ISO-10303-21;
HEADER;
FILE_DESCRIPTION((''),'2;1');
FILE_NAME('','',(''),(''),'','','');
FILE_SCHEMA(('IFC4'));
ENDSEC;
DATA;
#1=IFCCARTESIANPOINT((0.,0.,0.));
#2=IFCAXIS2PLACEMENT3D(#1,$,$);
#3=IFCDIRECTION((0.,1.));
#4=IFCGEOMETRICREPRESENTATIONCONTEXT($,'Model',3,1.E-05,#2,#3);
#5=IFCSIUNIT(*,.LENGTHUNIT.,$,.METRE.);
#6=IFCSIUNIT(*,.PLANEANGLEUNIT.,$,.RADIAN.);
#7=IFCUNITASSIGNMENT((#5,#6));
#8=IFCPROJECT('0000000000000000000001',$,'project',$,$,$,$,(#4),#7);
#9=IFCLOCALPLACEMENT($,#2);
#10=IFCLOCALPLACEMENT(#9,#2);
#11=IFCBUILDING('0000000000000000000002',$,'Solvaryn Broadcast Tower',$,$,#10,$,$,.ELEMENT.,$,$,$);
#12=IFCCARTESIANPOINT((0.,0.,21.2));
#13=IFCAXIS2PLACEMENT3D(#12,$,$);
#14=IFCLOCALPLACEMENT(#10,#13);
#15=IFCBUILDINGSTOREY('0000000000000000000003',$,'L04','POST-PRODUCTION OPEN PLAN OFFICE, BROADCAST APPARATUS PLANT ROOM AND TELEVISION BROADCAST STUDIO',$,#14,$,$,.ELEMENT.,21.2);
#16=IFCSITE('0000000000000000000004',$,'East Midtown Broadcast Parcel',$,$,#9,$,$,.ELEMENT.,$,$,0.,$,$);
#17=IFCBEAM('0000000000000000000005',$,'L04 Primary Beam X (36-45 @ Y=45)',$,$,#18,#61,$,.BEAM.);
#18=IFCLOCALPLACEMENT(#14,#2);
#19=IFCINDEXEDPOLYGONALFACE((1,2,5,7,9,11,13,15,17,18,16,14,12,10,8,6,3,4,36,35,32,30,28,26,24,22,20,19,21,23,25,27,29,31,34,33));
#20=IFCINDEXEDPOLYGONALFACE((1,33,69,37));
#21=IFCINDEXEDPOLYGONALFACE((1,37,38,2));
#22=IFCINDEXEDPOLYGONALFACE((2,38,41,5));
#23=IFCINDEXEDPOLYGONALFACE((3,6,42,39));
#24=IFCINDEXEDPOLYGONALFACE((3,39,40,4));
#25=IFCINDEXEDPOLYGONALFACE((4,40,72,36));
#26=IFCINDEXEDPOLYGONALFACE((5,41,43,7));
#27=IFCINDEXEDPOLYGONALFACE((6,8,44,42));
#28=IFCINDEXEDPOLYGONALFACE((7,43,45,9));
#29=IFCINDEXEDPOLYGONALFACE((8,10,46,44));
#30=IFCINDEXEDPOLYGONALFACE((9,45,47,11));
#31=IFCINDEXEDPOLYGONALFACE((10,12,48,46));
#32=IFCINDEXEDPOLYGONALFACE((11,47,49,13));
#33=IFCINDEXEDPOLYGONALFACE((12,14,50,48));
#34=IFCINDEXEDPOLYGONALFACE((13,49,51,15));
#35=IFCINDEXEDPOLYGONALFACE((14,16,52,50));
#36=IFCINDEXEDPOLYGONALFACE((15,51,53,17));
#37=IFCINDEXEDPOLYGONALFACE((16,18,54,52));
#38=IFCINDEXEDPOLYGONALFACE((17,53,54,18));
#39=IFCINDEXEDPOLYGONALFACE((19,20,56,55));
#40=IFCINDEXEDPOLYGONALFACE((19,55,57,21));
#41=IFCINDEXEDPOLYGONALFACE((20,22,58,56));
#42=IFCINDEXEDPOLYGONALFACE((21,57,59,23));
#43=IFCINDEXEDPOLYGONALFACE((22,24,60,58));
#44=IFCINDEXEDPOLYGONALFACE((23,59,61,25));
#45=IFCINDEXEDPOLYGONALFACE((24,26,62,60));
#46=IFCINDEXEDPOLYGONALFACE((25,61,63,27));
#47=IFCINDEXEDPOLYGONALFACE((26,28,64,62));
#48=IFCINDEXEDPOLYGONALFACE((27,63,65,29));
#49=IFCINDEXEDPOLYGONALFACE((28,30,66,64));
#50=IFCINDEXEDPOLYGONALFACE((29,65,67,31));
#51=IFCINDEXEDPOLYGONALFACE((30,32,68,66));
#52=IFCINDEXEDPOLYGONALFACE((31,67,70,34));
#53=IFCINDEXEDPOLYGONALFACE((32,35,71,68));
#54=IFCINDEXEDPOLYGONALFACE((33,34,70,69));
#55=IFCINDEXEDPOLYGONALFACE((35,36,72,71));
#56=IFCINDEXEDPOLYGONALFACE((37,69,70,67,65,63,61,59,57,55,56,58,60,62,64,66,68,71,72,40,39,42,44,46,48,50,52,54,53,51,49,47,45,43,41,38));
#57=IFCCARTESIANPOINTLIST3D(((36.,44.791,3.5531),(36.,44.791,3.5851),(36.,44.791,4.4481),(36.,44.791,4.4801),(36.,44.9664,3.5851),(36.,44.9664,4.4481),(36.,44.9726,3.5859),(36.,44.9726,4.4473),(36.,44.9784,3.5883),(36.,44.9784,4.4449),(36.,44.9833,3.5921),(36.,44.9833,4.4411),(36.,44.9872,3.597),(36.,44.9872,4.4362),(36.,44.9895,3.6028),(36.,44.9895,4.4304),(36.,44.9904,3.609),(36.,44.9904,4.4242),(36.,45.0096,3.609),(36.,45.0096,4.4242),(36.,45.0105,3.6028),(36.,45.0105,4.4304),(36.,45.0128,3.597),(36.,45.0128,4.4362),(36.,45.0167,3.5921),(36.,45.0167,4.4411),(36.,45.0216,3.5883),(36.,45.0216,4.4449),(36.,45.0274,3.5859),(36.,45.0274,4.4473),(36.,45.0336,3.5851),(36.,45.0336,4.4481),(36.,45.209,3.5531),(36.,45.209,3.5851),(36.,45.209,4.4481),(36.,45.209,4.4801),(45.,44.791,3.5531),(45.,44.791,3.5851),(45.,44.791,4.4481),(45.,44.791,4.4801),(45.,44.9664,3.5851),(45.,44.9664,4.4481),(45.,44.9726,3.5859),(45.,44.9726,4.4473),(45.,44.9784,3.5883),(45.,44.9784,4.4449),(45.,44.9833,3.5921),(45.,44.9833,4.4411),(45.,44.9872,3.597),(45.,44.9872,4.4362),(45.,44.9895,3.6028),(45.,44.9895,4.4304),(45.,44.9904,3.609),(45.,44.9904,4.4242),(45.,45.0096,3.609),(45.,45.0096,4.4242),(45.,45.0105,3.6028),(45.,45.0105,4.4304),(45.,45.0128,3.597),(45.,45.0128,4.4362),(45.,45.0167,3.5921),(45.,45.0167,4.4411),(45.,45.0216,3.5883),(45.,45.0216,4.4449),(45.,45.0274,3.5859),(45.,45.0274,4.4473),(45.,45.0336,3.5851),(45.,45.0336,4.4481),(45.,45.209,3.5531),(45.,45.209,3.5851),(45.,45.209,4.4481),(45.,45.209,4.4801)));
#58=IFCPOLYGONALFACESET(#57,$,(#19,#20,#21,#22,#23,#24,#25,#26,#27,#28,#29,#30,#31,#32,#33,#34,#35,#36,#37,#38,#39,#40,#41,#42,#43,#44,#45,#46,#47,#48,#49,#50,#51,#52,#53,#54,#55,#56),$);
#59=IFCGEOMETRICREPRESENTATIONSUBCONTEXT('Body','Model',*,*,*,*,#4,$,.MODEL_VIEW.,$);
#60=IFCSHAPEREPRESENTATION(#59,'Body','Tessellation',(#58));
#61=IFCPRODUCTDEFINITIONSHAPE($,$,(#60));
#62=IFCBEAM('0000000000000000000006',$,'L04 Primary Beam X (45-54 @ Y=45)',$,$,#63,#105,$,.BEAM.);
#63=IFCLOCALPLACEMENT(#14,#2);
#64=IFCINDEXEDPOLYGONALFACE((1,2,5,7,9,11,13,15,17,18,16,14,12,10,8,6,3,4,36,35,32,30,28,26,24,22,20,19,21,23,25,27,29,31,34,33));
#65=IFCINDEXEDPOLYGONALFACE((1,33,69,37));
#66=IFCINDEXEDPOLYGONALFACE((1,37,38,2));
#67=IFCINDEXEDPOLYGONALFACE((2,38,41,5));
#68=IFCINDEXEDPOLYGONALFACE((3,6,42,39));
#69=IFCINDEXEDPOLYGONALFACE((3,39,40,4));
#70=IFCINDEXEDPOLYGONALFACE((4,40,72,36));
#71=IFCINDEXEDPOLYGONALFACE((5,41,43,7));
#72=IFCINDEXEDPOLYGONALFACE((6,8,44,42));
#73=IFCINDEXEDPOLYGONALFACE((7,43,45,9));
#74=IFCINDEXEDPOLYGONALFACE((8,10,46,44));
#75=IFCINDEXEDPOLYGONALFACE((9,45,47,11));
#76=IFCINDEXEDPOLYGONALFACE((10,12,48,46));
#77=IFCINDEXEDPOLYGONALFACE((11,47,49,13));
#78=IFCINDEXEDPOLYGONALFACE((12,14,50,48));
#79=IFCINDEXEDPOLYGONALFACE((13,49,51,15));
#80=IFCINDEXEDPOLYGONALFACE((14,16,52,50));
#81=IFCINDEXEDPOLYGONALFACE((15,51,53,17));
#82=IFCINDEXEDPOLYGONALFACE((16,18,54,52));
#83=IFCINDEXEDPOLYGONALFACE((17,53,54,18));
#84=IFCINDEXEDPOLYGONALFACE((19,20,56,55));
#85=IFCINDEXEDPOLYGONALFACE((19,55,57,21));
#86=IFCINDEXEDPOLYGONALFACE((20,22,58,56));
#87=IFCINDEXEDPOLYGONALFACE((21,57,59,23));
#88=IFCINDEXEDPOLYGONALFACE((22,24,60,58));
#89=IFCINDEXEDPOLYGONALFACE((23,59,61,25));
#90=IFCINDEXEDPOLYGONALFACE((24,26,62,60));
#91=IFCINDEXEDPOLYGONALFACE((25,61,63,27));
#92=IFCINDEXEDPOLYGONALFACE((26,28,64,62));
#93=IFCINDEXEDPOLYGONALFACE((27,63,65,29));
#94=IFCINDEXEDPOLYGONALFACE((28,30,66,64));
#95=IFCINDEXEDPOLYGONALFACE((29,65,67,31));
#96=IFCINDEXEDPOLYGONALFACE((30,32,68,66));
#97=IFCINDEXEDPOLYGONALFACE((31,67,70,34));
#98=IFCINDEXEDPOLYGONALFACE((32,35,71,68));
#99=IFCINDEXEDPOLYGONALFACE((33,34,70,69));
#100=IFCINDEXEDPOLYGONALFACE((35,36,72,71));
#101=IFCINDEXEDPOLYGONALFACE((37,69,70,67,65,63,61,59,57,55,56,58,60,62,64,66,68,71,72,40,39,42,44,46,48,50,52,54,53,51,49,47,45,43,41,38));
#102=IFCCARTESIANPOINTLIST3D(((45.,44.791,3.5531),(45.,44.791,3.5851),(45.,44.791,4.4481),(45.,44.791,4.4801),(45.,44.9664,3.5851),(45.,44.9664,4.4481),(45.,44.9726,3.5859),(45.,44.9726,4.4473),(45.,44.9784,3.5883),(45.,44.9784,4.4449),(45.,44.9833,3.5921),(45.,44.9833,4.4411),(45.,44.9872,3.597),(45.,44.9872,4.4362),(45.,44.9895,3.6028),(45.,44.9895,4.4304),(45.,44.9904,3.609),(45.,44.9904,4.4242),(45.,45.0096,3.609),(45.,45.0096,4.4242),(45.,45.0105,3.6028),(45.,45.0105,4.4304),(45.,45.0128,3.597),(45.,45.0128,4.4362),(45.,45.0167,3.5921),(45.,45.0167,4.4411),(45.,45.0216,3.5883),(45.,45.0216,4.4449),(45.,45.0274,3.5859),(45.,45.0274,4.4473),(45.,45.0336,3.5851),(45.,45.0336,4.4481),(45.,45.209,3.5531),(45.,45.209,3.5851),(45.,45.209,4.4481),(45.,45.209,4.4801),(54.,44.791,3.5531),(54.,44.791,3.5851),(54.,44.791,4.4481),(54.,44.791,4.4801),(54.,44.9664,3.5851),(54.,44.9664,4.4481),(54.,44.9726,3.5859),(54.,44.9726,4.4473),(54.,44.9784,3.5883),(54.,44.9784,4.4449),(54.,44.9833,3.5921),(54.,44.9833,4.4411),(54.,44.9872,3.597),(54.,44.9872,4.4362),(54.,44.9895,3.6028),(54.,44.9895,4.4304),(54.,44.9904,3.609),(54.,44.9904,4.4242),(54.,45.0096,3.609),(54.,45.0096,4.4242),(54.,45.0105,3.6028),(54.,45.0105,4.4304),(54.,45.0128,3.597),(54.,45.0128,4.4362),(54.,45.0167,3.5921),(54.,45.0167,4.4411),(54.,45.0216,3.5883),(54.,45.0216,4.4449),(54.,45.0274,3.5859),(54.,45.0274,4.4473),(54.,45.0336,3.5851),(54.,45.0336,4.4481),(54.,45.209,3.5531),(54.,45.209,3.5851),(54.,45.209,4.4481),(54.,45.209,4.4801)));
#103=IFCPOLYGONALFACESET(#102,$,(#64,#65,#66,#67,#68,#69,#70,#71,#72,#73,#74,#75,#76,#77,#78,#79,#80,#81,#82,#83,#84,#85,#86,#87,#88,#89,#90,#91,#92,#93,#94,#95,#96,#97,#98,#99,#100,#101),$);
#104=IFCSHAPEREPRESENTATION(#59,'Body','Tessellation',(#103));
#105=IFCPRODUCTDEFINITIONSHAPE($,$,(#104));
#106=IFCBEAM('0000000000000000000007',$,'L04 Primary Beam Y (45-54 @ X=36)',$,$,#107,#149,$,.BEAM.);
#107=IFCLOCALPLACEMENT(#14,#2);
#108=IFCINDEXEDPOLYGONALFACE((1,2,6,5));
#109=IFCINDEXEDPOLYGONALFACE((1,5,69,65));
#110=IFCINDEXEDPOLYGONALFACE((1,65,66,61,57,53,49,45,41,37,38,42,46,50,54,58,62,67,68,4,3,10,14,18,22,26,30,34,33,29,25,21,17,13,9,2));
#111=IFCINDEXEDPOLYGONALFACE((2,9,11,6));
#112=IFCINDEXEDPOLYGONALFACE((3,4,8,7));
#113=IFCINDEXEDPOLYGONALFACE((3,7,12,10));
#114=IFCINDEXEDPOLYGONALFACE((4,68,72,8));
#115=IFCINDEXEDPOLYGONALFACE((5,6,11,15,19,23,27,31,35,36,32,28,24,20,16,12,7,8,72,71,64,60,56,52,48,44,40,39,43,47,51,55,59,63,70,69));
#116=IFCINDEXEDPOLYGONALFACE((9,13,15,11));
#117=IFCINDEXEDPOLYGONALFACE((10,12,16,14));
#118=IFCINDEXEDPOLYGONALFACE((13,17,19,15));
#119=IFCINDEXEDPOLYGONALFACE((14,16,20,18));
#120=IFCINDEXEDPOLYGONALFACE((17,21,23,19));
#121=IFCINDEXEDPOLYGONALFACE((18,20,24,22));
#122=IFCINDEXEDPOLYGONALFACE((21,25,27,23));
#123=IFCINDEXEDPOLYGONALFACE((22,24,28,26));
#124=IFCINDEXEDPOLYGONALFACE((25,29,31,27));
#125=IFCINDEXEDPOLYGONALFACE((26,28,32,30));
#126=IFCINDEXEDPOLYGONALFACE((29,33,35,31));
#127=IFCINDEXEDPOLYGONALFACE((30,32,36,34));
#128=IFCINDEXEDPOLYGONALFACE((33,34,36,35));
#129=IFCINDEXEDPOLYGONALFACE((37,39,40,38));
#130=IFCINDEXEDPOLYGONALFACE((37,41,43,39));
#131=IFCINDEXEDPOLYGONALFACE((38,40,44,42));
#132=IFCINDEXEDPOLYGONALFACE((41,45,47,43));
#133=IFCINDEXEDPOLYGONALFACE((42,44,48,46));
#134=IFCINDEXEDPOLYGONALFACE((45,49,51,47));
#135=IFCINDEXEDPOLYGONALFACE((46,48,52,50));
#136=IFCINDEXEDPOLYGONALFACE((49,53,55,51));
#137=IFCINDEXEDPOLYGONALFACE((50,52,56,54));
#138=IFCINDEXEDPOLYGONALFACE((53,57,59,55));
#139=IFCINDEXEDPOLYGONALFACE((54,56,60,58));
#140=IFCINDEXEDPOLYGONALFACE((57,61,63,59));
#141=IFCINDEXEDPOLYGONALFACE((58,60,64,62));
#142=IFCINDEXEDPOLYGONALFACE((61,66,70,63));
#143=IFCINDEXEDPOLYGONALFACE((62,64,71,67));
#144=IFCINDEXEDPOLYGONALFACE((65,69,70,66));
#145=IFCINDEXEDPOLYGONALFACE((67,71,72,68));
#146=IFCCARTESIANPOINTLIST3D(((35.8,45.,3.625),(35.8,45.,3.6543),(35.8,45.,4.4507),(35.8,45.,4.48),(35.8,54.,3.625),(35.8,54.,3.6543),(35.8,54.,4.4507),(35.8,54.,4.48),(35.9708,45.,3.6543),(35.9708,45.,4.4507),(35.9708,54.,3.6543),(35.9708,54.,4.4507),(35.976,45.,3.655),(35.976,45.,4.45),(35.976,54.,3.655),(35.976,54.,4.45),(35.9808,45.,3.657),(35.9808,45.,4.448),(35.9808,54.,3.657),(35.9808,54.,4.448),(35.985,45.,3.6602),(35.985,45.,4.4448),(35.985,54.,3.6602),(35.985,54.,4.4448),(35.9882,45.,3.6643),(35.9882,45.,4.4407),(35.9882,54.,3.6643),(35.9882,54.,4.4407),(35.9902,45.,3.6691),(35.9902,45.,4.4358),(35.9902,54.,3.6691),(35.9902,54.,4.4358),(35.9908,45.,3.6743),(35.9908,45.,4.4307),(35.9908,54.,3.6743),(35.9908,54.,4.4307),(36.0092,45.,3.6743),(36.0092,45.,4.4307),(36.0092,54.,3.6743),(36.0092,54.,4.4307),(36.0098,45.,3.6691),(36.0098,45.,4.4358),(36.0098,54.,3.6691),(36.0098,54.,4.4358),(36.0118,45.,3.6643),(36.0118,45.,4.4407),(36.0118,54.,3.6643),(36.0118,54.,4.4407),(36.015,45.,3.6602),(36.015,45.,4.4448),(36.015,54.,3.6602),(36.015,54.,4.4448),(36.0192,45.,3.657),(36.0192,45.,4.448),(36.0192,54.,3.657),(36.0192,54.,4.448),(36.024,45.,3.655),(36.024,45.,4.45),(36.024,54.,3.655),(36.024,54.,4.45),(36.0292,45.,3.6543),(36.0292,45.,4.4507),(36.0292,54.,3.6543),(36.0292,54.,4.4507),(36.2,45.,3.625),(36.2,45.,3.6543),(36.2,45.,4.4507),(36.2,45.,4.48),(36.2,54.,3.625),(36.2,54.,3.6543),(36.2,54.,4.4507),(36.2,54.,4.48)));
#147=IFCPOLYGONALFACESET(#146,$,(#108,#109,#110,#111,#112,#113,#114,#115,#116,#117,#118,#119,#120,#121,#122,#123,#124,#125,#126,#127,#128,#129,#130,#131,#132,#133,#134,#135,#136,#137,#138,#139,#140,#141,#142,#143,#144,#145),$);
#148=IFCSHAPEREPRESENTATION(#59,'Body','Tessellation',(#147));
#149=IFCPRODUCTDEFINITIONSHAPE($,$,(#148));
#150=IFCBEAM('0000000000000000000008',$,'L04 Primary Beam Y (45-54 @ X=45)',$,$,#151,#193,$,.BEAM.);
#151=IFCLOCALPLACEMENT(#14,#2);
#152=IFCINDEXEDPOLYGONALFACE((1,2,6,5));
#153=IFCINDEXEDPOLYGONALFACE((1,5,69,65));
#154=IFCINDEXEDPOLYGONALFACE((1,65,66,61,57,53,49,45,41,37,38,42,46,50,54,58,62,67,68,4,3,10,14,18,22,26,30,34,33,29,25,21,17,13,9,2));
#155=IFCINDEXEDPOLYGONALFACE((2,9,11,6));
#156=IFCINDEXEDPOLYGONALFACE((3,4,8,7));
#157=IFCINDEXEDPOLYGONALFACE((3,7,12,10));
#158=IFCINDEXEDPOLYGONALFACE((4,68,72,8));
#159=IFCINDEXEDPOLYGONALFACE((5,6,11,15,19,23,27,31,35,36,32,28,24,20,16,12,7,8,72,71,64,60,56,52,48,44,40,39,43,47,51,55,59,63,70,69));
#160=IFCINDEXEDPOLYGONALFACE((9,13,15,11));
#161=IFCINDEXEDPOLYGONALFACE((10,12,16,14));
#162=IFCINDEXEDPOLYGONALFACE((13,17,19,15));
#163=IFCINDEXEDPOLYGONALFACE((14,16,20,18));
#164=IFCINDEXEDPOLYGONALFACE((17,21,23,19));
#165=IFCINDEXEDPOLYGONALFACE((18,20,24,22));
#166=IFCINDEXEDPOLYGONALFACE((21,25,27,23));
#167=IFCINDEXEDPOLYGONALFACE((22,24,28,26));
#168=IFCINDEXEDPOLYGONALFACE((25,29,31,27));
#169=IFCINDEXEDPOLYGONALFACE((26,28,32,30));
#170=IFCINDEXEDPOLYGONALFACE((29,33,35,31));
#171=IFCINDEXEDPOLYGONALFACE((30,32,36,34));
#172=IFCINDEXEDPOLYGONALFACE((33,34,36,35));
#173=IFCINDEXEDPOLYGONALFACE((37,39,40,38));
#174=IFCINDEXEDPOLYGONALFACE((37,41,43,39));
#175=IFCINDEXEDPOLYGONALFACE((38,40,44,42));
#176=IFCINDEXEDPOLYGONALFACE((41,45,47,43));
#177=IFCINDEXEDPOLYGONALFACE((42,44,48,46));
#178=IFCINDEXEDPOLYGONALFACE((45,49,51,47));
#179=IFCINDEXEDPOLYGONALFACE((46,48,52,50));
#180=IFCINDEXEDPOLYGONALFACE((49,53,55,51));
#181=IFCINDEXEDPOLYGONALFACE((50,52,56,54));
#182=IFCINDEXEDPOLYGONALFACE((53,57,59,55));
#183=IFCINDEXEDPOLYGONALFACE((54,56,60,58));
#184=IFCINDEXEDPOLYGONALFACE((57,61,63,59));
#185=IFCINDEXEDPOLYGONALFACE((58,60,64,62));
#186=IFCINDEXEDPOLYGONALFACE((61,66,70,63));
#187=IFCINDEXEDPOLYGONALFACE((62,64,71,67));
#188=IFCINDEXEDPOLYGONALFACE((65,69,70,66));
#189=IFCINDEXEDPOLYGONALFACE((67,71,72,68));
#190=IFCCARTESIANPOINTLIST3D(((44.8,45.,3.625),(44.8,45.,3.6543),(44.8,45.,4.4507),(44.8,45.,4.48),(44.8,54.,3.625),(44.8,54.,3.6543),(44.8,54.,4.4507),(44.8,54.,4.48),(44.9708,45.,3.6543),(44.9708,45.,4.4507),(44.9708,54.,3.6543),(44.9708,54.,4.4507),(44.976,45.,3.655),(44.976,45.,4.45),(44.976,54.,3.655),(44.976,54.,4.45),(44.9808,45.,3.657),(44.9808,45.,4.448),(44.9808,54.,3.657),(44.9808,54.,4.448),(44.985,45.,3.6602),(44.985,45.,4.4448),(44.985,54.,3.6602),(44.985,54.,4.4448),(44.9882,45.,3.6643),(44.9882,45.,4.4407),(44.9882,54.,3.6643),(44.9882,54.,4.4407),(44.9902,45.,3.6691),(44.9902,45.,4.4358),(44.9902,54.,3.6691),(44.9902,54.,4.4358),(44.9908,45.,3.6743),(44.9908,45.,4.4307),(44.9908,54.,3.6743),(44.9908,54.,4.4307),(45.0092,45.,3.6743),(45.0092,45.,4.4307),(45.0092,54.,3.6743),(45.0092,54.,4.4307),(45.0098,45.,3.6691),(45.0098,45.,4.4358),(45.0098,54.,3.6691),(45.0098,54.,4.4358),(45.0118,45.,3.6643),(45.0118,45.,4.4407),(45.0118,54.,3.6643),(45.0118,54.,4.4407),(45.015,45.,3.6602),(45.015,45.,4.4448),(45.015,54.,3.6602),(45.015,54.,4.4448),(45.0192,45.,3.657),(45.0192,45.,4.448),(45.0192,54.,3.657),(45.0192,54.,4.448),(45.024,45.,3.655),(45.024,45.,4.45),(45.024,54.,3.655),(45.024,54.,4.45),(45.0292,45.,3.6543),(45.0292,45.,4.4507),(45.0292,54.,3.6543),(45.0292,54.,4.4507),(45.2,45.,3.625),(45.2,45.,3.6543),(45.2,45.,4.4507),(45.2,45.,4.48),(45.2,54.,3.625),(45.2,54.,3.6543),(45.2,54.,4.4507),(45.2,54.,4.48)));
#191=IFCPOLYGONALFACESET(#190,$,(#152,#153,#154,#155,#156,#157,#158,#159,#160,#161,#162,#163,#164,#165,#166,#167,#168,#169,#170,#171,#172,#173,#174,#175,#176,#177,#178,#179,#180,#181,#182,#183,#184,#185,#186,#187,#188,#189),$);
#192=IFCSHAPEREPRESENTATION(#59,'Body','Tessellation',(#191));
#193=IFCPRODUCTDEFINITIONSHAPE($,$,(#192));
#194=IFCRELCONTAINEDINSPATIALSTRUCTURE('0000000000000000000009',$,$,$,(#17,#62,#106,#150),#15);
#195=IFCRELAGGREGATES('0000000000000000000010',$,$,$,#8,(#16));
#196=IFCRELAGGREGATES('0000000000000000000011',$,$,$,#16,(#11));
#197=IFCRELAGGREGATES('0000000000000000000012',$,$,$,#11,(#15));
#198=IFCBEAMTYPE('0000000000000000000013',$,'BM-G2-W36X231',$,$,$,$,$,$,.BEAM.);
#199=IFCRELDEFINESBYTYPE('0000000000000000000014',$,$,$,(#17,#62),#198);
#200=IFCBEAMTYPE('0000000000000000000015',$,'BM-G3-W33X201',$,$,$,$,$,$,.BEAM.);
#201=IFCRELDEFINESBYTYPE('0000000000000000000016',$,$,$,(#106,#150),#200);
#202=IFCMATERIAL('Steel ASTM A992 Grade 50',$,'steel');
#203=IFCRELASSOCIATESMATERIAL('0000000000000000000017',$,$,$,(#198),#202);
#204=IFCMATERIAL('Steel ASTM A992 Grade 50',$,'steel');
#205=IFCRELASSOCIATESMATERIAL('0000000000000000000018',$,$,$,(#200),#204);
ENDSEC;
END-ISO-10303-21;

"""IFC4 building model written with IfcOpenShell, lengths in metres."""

from ifc_helpers import new_model, si_unit, direction, frame, origin, origin_2d, place, context, subcontext, project, spatial, i_section, extrude, material, material_profile, profile_set, type_object, element, save


model = new_model("IFC4")

# Units and contexts
model_context = context("Model", 3, precision=1e-05, world=origin(), true_north=direction((0.0, 1.0)))
body_context = subcontext(model_context, "Body", "Model", "MODEL_VIEW")
ifc_project = project(units=[si_unit("LENGTHUNIT", "METRE"), si_unit("PLANEANGLEUNIT", "RADIAN")], contexts=[model_context])

# Site, building, storey
site_placement = place(None, origin())
site = spatial("IfcSite", under=ifc_project, at=site_placement, Name="East Midtown Broadcast Parcel", CompositionType="ELEMENT", RefElevation=0.0)
building_placement = place(site_placement, origin())
building = spatial("IfcBuilding", under=site, at=building_placement, Name="Solvaryn Broadcast Tower", CompositionType="ELEMENT")
storey_placement = place(building_placement, frame((0.0, 0.0, 21.2)))
storey = spatial("IfcBuildingStorey", under=building, at=storey_placement, Name="L04", Description="POST-PRODUCTION OPEN PLAN OFFICE, BROADCAST APPARATUS PLANT ROOM AND TELEVISION BROADCAST STUDIO", CompositionType="ELEMENT", Elevation=21.2)

# Beams
ifc_material_1 = material(Name="Steel ASTM A992 Grade 50", Category="steel")
ifc_material_profile_1 = material_profile(ifc_material_1, i_section(OverallWidth=0.418, OverallDepth=0.927, WebThickness=0.0193, FlangeThickness=0.032, FilletRadius=0.0239, at=origin_2d()))
ifc_profile_set_1 = profile_set([ifc_material_profile_1], Name="Steel ASTM A992 Grade 50")
beam_type_1 = type_object("IfcBeamType", Name="BM-G2-W36X231", PredefinedType="BEAM", material=ifc_profile_set_1)
for number, where, z_axis, x_axis, name in (
    (1, (36.0, 45.0, 4.0166), (1.0, 0.0, 0.0), (0.0, 1.0, 0.0), "L04 Primary Beam X (36-45 @ Y=45)"),
    (2, (45.0, 45.0, 4.0166), (1.0, 0.0, 0.0), (0.0, 1.0, 0.0), "L04 Primary Beam X (45-54 @ Y=45)"),
):
    element("IfcBeam", number, at=place(storey_placement, frame(where, z_axis=z_axis, x_axis=x_axis)), inside=storey, type_object=beam_type_1, Name=name, PredefinedType="BEAM", context=body_context, shape_type="SweptSolid", body=[
        extrude(i_section(OverallWidth=0.418, OverallDepth=0.927, WebThickness=0.0193, FlangeThickness=0.032, FilletRadius=0.0239, at=origin_2d()), origin(), (0.0, 0.0, 1.0), 9.0),
    ])
ifc_material_2 = material(Name="Steel ASTM A992 Grade 50", Category="steel")
ifc_material_profile_2 = material_profile(ifc_material_2, i_section(OverallWidth=0.3999, OverallDepth=0.855, WebThickness=0.0183, FlangeThickness=0.0293, FilletRadius=0.02, at=origin_2d()))
ifc_profile_set_2 = profile_set([ifc_material_profile_2], Name="Steel ASTM A992 Grade 50")
beam_type_2 = type_object("IfcBeamType", Name="BM-G3-W33X201", PredefinedType="BEAM", material=ifc_profile_set_2)
for number, where, z_axis, x_axis, name in (
    (3, (36.0, 45.0, 4.0525), (0.0, 1.0, 0.0), (-1.0, 0.0, 0.0), "L04 Primary Beam Y (45-54 @ X=36)"),
    (4, (45.0, 45.0, 4.0525), (0.0, 1.0, 0.0), (-1.0, 0.0, 0.0), "L04 Primary Beam Y (45-54 @ X=45)"),
):
    element("IfcBeam", number, at=place(storey_placement, frame(where, z_axis=z_axis, x_axis=x_axis)), inside=storey, type_object=beam_type_2, Name=name, PredefinedType="BEAM", context=body_context, shape_type="SweptSolid", body=[
        extrude(i_section(OverallWidth=0.3999, OverallDepth=0.855, WebThickness=0.0183, FlangeThickness=0.0293, FilletRadius=0.02, at=origin_2d()), origin(), (0.0, 0.0, 1.0), 9.0),
    ])

save(model, "model.ifc")
